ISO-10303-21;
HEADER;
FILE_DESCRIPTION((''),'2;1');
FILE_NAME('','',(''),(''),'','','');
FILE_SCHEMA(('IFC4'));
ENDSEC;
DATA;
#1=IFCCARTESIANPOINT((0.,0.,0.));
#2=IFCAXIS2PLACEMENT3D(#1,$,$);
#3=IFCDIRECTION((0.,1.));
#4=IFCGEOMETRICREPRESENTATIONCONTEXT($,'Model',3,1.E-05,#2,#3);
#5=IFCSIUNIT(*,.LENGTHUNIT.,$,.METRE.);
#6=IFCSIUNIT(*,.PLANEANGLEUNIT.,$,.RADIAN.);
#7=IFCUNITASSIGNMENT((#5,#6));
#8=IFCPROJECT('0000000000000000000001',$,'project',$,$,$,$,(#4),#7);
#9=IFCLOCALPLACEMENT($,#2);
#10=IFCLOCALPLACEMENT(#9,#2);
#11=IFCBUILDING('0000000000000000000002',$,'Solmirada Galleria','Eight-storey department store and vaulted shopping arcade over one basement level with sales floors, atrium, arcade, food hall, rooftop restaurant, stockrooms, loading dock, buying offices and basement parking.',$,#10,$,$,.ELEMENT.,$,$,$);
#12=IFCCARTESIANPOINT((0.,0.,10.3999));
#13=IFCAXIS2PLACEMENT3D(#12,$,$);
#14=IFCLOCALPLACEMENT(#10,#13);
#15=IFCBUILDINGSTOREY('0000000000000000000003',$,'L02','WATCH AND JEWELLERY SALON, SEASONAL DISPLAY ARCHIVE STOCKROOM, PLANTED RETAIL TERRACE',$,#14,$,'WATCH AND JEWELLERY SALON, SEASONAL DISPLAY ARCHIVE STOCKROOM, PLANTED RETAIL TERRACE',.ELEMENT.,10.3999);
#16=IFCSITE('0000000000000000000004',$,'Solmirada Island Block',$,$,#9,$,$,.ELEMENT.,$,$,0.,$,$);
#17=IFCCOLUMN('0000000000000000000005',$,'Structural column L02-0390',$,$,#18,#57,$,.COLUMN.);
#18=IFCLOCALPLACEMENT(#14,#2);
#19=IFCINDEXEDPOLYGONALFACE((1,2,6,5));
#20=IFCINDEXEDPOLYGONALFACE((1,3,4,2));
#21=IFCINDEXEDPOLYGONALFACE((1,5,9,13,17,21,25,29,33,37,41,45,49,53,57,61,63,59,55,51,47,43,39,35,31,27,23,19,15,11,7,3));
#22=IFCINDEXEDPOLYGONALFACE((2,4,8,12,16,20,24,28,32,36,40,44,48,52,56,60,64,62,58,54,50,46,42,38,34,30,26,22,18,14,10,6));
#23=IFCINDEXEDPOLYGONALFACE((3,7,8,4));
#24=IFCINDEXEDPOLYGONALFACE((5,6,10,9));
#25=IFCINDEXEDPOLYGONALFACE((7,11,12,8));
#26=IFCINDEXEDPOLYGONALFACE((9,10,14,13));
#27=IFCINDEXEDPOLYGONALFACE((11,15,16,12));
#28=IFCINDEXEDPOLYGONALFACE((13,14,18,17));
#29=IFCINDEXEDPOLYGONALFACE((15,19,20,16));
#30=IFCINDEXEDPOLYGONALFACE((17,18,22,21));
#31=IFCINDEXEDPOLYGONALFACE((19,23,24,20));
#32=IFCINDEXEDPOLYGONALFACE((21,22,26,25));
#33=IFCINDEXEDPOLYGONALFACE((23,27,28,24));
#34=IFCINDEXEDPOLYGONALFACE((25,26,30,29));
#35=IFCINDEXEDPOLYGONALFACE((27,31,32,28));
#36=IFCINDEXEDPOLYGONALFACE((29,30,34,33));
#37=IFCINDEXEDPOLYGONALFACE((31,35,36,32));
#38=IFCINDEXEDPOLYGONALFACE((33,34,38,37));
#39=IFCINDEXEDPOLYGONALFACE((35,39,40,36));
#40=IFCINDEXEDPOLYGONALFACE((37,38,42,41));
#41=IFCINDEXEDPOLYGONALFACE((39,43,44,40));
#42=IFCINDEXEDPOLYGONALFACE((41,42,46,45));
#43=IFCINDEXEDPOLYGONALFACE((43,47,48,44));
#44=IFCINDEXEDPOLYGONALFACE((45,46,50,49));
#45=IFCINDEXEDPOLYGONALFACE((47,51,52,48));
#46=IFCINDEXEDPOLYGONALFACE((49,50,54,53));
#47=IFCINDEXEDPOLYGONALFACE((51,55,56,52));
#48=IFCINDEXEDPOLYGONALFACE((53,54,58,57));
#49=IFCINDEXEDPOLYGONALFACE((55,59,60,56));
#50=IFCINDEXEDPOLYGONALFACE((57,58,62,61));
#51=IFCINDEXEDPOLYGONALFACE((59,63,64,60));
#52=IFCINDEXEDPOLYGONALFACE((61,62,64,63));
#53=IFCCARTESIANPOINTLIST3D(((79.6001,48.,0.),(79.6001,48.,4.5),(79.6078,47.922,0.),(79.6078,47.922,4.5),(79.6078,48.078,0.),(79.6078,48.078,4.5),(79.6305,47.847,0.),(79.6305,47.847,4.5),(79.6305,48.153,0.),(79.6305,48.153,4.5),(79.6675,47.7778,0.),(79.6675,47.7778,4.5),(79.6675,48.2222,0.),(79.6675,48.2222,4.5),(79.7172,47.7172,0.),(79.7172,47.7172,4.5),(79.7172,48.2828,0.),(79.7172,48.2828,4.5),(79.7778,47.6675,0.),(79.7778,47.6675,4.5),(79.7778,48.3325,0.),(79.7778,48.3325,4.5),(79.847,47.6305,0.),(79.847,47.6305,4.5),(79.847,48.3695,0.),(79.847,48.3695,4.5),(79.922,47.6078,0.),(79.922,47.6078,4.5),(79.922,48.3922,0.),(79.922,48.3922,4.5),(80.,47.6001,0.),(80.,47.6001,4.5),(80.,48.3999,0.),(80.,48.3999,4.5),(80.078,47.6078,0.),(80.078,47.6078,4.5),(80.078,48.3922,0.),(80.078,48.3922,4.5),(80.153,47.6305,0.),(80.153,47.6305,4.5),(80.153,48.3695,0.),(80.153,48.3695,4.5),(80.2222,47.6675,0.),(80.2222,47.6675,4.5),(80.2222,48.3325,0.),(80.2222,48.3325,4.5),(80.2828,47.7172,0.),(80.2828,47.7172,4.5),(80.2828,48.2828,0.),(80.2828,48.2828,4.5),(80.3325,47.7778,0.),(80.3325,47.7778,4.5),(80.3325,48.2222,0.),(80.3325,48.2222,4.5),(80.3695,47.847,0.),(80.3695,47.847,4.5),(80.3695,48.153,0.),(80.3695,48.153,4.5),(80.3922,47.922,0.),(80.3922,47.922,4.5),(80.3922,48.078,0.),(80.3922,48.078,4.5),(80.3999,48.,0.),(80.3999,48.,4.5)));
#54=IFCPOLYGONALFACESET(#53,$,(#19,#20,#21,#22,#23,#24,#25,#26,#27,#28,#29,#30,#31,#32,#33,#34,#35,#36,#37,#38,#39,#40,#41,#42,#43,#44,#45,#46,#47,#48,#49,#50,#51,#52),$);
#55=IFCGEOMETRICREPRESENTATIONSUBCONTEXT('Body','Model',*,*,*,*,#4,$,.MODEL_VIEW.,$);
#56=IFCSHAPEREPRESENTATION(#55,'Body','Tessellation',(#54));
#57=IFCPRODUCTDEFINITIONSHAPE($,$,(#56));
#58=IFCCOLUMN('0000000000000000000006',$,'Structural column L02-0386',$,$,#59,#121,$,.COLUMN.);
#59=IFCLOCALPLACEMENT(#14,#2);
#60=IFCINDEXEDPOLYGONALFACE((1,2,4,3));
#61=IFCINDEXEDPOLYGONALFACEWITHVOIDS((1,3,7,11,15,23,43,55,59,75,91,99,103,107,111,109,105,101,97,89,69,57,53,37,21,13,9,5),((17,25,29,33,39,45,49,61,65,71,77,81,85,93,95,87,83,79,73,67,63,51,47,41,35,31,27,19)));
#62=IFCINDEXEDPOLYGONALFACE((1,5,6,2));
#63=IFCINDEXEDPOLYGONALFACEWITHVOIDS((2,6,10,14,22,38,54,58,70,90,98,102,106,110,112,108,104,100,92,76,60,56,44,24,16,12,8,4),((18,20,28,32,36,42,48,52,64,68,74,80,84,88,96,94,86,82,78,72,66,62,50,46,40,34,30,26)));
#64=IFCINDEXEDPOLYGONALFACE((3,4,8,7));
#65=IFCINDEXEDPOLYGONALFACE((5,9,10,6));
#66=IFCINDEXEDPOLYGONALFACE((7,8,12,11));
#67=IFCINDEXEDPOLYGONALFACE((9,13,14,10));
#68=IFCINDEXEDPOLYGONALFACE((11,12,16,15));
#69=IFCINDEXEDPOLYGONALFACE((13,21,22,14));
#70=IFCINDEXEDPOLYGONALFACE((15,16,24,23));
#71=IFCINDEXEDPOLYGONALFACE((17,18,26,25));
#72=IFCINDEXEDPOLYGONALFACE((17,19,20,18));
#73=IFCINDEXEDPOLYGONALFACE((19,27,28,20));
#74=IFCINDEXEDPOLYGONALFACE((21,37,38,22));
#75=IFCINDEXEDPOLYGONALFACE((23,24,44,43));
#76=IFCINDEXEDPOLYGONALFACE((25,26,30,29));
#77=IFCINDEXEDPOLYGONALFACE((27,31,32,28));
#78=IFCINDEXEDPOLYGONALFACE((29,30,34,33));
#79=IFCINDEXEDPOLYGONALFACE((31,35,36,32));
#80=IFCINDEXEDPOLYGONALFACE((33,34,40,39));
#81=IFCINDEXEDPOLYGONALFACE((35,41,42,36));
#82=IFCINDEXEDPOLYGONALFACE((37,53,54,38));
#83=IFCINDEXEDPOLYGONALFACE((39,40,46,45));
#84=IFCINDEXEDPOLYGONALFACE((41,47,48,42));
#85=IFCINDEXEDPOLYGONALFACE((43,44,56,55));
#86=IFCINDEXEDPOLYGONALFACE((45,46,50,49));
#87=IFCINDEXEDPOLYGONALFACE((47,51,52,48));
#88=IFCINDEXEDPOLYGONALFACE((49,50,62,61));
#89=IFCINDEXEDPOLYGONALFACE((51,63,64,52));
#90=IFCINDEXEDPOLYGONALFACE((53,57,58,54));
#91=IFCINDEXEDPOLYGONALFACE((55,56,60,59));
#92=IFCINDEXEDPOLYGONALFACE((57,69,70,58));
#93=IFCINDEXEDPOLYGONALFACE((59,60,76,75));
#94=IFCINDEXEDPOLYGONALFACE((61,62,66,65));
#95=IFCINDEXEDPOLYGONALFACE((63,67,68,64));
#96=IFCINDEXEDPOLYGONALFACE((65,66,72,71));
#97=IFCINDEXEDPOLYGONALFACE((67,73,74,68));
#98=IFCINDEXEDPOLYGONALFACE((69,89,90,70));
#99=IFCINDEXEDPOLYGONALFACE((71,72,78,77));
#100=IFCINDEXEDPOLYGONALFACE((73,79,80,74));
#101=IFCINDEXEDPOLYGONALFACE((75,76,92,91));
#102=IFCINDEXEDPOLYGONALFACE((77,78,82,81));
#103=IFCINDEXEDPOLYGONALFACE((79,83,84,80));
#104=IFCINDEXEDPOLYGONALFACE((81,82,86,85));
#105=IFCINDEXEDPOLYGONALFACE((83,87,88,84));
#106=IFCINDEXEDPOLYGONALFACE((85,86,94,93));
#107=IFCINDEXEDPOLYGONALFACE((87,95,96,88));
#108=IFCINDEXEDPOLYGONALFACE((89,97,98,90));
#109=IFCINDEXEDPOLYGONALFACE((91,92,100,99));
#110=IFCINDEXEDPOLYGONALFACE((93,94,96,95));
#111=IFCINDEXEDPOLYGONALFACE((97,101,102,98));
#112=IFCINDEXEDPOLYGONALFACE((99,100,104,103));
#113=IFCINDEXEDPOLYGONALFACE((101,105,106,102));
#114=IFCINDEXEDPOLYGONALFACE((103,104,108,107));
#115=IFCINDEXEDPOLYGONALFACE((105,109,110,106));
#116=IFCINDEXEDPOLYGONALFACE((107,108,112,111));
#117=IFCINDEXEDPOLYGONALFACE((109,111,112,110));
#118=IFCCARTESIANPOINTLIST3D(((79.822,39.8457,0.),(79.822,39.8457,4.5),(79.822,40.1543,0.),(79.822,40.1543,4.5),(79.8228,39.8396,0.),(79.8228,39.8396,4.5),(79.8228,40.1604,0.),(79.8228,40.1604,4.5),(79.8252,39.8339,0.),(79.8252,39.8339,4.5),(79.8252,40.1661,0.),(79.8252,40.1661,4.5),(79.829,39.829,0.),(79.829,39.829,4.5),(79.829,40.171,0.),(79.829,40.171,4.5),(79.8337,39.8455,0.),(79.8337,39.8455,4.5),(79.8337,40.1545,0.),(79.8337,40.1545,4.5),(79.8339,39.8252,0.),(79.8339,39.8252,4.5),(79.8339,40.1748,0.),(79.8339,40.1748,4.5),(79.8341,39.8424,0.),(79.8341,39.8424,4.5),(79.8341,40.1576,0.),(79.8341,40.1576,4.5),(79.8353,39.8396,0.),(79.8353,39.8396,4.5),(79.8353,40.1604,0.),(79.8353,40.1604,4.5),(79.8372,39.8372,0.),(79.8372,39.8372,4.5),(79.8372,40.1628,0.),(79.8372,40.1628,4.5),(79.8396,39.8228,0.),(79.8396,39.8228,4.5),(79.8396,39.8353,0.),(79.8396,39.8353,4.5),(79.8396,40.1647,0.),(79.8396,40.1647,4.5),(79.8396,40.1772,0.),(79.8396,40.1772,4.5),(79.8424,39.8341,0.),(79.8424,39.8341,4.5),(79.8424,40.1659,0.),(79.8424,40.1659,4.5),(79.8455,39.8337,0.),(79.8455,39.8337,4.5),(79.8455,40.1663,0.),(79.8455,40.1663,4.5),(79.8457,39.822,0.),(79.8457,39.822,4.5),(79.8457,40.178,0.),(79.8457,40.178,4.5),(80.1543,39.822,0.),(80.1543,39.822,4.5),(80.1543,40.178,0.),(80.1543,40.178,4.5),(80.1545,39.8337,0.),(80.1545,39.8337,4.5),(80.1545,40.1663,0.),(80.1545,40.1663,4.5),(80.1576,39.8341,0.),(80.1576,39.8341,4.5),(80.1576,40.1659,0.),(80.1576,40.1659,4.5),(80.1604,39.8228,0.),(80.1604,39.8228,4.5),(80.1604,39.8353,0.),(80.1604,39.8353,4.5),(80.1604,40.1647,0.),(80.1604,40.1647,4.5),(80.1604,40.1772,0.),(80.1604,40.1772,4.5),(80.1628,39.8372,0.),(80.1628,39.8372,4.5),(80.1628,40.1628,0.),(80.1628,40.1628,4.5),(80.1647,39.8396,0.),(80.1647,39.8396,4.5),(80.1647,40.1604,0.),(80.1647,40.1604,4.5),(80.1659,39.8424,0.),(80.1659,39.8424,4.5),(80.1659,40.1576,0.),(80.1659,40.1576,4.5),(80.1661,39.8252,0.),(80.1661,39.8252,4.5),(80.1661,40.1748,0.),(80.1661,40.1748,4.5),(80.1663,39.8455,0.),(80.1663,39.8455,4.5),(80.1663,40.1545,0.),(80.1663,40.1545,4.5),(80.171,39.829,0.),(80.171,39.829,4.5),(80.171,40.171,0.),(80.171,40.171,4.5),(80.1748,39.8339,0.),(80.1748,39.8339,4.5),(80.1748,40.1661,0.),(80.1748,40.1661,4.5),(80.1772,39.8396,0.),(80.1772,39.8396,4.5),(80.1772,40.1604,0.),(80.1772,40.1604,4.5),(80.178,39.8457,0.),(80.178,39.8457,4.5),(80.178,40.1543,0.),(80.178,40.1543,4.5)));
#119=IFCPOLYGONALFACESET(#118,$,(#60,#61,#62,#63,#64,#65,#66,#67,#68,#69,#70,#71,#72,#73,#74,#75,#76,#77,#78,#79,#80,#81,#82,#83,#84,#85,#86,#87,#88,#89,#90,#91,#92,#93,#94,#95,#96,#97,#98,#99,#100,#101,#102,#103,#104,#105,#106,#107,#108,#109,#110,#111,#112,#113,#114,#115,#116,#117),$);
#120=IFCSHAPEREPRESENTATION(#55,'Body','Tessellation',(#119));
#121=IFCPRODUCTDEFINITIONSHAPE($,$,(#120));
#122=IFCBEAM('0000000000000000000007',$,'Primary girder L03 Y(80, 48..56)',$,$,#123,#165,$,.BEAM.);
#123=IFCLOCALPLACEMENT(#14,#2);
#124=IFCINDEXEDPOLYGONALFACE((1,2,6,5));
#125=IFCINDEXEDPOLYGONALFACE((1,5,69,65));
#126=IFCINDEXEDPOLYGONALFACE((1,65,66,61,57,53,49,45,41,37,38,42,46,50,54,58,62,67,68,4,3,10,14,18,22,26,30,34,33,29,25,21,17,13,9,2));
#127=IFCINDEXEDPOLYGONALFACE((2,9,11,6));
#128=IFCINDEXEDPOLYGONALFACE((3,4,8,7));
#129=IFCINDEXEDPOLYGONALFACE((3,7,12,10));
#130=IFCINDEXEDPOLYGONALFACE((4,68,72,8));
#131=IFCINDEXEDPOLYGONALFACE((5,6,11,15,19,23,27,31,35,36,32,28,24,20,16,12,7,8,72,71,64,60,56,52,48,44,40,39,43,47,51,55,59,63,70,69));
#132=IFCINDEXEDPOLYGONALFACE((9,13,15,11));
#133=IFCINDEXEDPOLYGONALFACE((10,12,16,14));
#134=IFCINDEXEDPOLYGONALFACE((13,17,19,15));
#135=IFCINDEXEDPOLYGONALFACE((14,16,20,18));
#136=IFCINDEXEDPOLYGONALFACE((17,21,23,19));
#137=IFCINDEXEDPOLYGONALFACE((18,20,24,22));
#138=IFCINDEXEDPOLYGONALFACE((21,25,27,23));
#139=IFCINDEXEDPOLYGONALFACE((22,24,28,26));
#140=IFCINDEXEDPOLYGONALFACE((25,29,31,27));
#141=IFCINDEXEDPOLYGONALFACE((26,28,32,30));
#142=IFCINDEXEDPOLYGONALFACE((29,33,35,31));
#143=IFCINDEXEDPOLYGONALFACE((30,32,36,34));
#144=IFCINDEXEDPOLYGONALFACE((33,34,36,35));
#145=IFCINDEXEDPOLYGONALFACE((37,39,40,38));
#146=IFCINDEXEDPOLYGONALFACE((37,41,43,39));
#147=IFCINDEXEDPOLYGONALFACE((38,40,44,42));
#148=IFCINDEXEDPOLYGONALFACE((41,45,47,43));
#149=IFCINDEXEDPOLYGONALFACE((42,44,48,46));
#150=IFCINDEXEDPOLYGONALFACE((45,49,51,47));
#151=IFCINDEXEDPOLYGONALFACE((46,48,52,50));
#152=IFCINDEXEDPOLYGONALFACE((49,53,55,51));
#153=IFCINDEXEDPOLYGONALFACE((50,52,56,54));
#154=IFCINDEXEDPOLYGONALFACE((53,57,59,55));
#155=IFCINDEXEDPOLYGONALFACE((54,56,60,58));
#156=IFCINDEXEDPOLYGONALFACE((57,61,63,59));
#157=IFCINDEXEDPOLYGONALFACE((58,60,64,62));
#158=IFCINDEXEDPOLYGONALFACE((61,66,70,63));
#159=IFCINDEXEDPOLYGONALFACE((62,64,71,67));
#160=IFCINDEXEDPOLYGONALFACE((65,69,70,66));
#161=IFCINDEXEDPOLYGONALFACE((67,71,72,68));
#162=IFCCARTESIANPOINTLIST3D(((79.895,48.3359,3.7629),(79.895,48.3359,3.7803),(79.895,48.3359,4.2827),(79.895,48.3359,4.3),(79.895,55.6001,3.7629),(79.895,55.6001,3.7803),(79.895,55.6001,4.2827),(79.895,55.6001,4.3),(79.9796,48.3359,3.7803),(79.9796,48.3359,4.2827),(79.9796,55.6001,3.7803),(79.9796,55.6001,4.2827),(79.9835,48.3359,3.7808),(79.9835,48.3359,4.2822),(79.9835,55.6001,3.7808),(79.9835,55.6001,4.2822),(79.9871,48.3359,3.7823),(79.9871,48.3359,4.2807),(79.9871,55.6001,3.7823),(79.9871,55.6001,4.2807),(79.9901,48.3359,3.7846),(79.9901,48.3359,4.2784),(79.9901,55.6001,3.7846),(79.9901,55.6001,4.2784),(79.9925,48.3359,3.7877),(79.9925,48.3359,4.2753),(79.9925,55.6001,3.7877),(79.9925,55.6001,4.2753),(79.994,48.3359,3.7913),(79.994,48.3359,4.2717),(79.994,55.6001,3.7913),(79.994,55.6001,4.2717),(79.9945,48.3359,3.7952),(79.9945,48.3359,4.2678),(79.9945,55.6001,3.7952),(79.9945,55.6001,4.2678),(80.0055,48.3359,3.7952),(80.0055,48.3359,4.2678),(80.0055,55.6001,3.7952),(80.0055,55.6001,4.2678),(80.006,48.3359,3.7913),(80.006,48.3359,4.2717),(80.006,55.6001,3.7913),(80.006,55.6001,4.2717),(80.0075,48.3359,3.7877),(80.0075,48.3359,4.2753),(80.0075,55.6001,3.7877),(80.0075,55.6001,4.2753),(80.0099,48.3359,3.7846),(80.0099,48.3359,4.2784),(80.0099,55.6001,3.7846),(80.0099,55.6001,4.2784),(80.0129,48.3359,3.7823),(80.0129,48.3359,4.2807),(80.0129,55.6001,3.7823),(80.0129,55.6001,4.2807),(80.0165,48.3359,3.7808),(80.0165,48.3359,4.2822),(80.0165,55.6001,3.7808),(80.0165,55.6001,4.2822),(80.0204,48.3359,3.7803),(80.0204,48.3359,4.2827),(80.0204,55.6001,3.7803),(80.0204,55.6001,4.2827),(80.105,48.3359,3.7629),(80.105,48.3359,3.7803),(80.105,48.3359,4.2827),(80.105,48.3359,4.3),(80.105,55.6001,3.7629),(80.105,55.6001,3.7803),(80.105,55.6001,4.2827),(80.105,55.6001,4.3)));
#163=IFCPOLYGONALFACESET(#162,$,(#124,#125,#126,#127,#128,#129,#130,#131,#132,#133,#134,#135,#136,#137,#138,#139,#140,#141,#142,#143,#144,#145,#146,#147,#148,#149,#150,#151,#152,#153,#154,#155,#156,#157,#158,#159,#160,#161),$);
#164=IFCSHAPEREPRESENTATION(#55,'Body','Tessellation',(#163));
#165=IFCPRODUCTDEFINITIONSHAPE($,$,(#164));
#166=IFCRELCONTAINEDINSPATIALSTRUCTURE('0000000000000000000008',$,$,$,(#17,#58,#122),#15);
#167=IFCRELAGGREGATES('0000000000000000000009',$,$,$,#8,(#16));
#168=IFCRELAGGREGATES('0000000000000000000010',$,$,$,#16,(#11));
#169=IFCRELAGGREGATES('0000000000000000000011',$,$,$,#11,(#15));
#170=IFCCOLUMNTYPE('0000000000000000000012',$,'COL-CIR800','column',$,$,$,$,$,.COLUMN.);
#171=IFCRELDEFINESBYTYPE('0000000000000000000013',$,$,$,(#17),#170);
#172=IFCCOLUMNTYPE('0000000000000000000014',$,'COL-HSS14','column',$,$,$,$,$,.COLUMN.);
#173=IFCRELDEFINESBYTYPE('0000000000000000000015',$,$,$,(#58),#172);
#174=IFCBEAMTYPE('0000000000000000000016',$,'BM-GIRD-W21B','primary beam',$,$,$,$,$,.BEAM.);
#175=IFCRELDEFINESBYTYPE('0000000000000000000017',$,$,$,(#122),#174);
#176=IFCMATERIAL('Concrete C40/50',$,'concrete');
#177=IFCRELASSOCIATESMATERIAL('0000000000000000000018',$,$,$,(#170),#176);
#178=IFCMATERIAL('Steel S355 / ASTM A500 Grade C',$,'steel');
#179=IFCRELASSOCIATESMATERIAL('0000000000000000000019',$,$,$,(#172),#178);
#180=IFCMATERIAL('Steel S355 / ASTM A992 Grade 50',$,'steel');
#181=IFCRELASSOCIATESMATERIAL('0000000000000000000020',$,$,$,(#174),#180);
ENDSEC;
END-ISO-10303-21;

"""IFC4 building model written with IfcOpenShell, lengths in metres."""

from ifc_helpers import new_model, si_unit, direction, frame, origin, origin_2d, place, context, subcontext, project, spatial, hollow_rectangle, circle, i_section, extrude, material, material_profile, profile_set, type_object, element, save


model = new_model("IFC4")

# Units and contexts
model_context = context("Model", 3, precision=1e-05, world=origin(), true_north=direction((0.0, 1.0)))
body_context = subcontext(model_context, "Body", "Model", "MODEL_VIEW")
ifc_project = project(units=[si_unit("LENGTHUNIT", "METRE"), si_unit("PLANEANGLEUNIT", "RADIAN")], contexts=[model_context])

# Site, building, storey
site_placement = place(None, origin())
site = spatial("IfcSite", under=ifc_project, at=site_placement, Name="Solmirada Island Block", CompositionType="ELEMENT", RefElevation=0.0)
building_placement = place(site_placement, origin())
building = spatial("IfcBuilding", under=site, at=building_placement, Name="Solmirada Galleria", Description="Eight-storey department store and vaulted shopping arcade over one basement level with sales floors, atrium, arcade, food hall, rooftop restaurant, stockrooms, loading dock, buying offices and basement parking.", CompositionType="ELEMENT")
storey_placement = place(building_placement, frame((0.0, 0.0, 10.3999)))
storey = spatial("IfcBuildingStorey", under=building, at=storey_placement, Name="L02", Description="WATCH AND JEWELLERY SALON, SEASONAL DISPLAY ARCHIVE STOCKROOM, PLANTED RETAIL TERRACE", LongName="WATCH AND JEWELLERY SALON, SEASONAL DISPLAY ARCHIVE STOCKROOM, PLANTED RETAIL TERRACE", CompositionType="ELEMENT", Elevation=10.3999)

# Columns
ifc_material_1 = material(Name="Concrete C40/50", Category="concrete")
ifc_material_profile_1 = material_profile(ifc_material_1, circle(Radius=0.3999, at=origin_2d()), Name="RCCOL800")
ifc_profile_set_1 = profile_set([ifc_material_profile_1], Name="Concrete C40/50")
column_type_1 = type_object("IfcColumnType", Name="COL-CIR800", Description="column", PredefinedType="COLUMN", material=ifc_profile_set_1)
column_1_placement = place(storey_placement, frame((80.0, 48.0, 0.0), z_axis=(0.0, 0.0, 1.0), x_axis=(1.0, 0.0, 0.0)))
element("IfcColumn", 1, at=column_1_placement, inside=storey, type_object=column_type_1, Name="Structural column L02-0390", PredefinedType="COLUMN", context=body_context, shape_type="SweptSolid", body=[
    extrude(circle(Radius=0.3999, at=origin_2d()), origin(), (0.0, 0.0, 1.0), 4.5),
])
ifc_material_2 = material(Name="Steel S355 / ASTM A500 Grade C", Category="steel")
ifc_material_profile_2 = material_profile(ifc_material_2, hollow_rectangle(XDim=0.356, YDim=0.356, WallThickness=0.0117, InnerFilletRadius=0.0117, OuterFilletRadius=0.0237, at=origin_2d()), Name="HSS14X14X1/2")
ifc_profile_set_2 = profile_set([ifc_material_profile_2], Name="Steel S355 / ASTM A500 Grade C")
column_type_2 = type_object("IfcColumnType", Name="COL-HSS14", Description="column", PredefinedType="COLUMN", material=ifc_profile_set_2)
column_2_placement = place(storey_placement, frame((80.0, 40.0, 0.0), z_axis=(0.0, 0.0, 1.0), x_axis=(1.0, 0.0, 0.0)))
element("IfcColumn", 2, at=column_2_placement, inside=storey, type_object=column_type_2, Name="Structural column L02-0386", PredefinedType="COLUMN", context=body_context, shape_type="SweptSolid", body=[
    extrude(hollow_rectangle(XDim=0.356, YDim=0.356, WallThickness=0.0117, InnerFilletRadius=0.0117, OuterFilletRadius=0.0237, at=origin_2d()), origin(), (0.0, 0.0, 1.0), 4.5),
])

# Beam
ifc_material_3 = material(Name="Steel S355 / ASTM A992 Grade 50", Category="steel")
ifc_material_profile_3 = material_profile(ifc_material_3, i_section(OverallWidth=0.21, OverallDepth=0.5371, WebThickness=0.011, FlangeThickness=0.0173, FilletRadius=0.0149, at=origin_2d()), Name="W21X68")
ifc_profile_set_3 = profile_set([ifc_material_profile_3], Name="Steel S355 / ASTM A992 Grade 50")
beam_type = type_object("IfcBeamType", Name="BM-GIRD-W21B", Description="primary beam", PredefinedType="BEAM", material=ifc_profile_set_3)
beam_placement = place(storey_placement, frame((80.0, 48.3359, 4.0315), z_axis=(0.0, 1.0, 0.0), x_axis=(-1.0, 0.0, 0.0)))
element("IfcBeam", 3, at=beam_placement, inside=storey, type_object=beam_type, Name="Primary girder L03 Y(80, 48..56)", PredefinedType="BEAM", context=body_context, shape_type="SweptSolid", body=[
    extrude(i_section(OverallWidth=0.21, OverallDepth=0.5371, WebThickness=0.011, FlangeThickness=0.0173, FilletRadius=0.0149, at=origin_2d()), origin(), (0.0, 0.0, 1.0), 7.2642),
])

save(model, "model.ifc")
